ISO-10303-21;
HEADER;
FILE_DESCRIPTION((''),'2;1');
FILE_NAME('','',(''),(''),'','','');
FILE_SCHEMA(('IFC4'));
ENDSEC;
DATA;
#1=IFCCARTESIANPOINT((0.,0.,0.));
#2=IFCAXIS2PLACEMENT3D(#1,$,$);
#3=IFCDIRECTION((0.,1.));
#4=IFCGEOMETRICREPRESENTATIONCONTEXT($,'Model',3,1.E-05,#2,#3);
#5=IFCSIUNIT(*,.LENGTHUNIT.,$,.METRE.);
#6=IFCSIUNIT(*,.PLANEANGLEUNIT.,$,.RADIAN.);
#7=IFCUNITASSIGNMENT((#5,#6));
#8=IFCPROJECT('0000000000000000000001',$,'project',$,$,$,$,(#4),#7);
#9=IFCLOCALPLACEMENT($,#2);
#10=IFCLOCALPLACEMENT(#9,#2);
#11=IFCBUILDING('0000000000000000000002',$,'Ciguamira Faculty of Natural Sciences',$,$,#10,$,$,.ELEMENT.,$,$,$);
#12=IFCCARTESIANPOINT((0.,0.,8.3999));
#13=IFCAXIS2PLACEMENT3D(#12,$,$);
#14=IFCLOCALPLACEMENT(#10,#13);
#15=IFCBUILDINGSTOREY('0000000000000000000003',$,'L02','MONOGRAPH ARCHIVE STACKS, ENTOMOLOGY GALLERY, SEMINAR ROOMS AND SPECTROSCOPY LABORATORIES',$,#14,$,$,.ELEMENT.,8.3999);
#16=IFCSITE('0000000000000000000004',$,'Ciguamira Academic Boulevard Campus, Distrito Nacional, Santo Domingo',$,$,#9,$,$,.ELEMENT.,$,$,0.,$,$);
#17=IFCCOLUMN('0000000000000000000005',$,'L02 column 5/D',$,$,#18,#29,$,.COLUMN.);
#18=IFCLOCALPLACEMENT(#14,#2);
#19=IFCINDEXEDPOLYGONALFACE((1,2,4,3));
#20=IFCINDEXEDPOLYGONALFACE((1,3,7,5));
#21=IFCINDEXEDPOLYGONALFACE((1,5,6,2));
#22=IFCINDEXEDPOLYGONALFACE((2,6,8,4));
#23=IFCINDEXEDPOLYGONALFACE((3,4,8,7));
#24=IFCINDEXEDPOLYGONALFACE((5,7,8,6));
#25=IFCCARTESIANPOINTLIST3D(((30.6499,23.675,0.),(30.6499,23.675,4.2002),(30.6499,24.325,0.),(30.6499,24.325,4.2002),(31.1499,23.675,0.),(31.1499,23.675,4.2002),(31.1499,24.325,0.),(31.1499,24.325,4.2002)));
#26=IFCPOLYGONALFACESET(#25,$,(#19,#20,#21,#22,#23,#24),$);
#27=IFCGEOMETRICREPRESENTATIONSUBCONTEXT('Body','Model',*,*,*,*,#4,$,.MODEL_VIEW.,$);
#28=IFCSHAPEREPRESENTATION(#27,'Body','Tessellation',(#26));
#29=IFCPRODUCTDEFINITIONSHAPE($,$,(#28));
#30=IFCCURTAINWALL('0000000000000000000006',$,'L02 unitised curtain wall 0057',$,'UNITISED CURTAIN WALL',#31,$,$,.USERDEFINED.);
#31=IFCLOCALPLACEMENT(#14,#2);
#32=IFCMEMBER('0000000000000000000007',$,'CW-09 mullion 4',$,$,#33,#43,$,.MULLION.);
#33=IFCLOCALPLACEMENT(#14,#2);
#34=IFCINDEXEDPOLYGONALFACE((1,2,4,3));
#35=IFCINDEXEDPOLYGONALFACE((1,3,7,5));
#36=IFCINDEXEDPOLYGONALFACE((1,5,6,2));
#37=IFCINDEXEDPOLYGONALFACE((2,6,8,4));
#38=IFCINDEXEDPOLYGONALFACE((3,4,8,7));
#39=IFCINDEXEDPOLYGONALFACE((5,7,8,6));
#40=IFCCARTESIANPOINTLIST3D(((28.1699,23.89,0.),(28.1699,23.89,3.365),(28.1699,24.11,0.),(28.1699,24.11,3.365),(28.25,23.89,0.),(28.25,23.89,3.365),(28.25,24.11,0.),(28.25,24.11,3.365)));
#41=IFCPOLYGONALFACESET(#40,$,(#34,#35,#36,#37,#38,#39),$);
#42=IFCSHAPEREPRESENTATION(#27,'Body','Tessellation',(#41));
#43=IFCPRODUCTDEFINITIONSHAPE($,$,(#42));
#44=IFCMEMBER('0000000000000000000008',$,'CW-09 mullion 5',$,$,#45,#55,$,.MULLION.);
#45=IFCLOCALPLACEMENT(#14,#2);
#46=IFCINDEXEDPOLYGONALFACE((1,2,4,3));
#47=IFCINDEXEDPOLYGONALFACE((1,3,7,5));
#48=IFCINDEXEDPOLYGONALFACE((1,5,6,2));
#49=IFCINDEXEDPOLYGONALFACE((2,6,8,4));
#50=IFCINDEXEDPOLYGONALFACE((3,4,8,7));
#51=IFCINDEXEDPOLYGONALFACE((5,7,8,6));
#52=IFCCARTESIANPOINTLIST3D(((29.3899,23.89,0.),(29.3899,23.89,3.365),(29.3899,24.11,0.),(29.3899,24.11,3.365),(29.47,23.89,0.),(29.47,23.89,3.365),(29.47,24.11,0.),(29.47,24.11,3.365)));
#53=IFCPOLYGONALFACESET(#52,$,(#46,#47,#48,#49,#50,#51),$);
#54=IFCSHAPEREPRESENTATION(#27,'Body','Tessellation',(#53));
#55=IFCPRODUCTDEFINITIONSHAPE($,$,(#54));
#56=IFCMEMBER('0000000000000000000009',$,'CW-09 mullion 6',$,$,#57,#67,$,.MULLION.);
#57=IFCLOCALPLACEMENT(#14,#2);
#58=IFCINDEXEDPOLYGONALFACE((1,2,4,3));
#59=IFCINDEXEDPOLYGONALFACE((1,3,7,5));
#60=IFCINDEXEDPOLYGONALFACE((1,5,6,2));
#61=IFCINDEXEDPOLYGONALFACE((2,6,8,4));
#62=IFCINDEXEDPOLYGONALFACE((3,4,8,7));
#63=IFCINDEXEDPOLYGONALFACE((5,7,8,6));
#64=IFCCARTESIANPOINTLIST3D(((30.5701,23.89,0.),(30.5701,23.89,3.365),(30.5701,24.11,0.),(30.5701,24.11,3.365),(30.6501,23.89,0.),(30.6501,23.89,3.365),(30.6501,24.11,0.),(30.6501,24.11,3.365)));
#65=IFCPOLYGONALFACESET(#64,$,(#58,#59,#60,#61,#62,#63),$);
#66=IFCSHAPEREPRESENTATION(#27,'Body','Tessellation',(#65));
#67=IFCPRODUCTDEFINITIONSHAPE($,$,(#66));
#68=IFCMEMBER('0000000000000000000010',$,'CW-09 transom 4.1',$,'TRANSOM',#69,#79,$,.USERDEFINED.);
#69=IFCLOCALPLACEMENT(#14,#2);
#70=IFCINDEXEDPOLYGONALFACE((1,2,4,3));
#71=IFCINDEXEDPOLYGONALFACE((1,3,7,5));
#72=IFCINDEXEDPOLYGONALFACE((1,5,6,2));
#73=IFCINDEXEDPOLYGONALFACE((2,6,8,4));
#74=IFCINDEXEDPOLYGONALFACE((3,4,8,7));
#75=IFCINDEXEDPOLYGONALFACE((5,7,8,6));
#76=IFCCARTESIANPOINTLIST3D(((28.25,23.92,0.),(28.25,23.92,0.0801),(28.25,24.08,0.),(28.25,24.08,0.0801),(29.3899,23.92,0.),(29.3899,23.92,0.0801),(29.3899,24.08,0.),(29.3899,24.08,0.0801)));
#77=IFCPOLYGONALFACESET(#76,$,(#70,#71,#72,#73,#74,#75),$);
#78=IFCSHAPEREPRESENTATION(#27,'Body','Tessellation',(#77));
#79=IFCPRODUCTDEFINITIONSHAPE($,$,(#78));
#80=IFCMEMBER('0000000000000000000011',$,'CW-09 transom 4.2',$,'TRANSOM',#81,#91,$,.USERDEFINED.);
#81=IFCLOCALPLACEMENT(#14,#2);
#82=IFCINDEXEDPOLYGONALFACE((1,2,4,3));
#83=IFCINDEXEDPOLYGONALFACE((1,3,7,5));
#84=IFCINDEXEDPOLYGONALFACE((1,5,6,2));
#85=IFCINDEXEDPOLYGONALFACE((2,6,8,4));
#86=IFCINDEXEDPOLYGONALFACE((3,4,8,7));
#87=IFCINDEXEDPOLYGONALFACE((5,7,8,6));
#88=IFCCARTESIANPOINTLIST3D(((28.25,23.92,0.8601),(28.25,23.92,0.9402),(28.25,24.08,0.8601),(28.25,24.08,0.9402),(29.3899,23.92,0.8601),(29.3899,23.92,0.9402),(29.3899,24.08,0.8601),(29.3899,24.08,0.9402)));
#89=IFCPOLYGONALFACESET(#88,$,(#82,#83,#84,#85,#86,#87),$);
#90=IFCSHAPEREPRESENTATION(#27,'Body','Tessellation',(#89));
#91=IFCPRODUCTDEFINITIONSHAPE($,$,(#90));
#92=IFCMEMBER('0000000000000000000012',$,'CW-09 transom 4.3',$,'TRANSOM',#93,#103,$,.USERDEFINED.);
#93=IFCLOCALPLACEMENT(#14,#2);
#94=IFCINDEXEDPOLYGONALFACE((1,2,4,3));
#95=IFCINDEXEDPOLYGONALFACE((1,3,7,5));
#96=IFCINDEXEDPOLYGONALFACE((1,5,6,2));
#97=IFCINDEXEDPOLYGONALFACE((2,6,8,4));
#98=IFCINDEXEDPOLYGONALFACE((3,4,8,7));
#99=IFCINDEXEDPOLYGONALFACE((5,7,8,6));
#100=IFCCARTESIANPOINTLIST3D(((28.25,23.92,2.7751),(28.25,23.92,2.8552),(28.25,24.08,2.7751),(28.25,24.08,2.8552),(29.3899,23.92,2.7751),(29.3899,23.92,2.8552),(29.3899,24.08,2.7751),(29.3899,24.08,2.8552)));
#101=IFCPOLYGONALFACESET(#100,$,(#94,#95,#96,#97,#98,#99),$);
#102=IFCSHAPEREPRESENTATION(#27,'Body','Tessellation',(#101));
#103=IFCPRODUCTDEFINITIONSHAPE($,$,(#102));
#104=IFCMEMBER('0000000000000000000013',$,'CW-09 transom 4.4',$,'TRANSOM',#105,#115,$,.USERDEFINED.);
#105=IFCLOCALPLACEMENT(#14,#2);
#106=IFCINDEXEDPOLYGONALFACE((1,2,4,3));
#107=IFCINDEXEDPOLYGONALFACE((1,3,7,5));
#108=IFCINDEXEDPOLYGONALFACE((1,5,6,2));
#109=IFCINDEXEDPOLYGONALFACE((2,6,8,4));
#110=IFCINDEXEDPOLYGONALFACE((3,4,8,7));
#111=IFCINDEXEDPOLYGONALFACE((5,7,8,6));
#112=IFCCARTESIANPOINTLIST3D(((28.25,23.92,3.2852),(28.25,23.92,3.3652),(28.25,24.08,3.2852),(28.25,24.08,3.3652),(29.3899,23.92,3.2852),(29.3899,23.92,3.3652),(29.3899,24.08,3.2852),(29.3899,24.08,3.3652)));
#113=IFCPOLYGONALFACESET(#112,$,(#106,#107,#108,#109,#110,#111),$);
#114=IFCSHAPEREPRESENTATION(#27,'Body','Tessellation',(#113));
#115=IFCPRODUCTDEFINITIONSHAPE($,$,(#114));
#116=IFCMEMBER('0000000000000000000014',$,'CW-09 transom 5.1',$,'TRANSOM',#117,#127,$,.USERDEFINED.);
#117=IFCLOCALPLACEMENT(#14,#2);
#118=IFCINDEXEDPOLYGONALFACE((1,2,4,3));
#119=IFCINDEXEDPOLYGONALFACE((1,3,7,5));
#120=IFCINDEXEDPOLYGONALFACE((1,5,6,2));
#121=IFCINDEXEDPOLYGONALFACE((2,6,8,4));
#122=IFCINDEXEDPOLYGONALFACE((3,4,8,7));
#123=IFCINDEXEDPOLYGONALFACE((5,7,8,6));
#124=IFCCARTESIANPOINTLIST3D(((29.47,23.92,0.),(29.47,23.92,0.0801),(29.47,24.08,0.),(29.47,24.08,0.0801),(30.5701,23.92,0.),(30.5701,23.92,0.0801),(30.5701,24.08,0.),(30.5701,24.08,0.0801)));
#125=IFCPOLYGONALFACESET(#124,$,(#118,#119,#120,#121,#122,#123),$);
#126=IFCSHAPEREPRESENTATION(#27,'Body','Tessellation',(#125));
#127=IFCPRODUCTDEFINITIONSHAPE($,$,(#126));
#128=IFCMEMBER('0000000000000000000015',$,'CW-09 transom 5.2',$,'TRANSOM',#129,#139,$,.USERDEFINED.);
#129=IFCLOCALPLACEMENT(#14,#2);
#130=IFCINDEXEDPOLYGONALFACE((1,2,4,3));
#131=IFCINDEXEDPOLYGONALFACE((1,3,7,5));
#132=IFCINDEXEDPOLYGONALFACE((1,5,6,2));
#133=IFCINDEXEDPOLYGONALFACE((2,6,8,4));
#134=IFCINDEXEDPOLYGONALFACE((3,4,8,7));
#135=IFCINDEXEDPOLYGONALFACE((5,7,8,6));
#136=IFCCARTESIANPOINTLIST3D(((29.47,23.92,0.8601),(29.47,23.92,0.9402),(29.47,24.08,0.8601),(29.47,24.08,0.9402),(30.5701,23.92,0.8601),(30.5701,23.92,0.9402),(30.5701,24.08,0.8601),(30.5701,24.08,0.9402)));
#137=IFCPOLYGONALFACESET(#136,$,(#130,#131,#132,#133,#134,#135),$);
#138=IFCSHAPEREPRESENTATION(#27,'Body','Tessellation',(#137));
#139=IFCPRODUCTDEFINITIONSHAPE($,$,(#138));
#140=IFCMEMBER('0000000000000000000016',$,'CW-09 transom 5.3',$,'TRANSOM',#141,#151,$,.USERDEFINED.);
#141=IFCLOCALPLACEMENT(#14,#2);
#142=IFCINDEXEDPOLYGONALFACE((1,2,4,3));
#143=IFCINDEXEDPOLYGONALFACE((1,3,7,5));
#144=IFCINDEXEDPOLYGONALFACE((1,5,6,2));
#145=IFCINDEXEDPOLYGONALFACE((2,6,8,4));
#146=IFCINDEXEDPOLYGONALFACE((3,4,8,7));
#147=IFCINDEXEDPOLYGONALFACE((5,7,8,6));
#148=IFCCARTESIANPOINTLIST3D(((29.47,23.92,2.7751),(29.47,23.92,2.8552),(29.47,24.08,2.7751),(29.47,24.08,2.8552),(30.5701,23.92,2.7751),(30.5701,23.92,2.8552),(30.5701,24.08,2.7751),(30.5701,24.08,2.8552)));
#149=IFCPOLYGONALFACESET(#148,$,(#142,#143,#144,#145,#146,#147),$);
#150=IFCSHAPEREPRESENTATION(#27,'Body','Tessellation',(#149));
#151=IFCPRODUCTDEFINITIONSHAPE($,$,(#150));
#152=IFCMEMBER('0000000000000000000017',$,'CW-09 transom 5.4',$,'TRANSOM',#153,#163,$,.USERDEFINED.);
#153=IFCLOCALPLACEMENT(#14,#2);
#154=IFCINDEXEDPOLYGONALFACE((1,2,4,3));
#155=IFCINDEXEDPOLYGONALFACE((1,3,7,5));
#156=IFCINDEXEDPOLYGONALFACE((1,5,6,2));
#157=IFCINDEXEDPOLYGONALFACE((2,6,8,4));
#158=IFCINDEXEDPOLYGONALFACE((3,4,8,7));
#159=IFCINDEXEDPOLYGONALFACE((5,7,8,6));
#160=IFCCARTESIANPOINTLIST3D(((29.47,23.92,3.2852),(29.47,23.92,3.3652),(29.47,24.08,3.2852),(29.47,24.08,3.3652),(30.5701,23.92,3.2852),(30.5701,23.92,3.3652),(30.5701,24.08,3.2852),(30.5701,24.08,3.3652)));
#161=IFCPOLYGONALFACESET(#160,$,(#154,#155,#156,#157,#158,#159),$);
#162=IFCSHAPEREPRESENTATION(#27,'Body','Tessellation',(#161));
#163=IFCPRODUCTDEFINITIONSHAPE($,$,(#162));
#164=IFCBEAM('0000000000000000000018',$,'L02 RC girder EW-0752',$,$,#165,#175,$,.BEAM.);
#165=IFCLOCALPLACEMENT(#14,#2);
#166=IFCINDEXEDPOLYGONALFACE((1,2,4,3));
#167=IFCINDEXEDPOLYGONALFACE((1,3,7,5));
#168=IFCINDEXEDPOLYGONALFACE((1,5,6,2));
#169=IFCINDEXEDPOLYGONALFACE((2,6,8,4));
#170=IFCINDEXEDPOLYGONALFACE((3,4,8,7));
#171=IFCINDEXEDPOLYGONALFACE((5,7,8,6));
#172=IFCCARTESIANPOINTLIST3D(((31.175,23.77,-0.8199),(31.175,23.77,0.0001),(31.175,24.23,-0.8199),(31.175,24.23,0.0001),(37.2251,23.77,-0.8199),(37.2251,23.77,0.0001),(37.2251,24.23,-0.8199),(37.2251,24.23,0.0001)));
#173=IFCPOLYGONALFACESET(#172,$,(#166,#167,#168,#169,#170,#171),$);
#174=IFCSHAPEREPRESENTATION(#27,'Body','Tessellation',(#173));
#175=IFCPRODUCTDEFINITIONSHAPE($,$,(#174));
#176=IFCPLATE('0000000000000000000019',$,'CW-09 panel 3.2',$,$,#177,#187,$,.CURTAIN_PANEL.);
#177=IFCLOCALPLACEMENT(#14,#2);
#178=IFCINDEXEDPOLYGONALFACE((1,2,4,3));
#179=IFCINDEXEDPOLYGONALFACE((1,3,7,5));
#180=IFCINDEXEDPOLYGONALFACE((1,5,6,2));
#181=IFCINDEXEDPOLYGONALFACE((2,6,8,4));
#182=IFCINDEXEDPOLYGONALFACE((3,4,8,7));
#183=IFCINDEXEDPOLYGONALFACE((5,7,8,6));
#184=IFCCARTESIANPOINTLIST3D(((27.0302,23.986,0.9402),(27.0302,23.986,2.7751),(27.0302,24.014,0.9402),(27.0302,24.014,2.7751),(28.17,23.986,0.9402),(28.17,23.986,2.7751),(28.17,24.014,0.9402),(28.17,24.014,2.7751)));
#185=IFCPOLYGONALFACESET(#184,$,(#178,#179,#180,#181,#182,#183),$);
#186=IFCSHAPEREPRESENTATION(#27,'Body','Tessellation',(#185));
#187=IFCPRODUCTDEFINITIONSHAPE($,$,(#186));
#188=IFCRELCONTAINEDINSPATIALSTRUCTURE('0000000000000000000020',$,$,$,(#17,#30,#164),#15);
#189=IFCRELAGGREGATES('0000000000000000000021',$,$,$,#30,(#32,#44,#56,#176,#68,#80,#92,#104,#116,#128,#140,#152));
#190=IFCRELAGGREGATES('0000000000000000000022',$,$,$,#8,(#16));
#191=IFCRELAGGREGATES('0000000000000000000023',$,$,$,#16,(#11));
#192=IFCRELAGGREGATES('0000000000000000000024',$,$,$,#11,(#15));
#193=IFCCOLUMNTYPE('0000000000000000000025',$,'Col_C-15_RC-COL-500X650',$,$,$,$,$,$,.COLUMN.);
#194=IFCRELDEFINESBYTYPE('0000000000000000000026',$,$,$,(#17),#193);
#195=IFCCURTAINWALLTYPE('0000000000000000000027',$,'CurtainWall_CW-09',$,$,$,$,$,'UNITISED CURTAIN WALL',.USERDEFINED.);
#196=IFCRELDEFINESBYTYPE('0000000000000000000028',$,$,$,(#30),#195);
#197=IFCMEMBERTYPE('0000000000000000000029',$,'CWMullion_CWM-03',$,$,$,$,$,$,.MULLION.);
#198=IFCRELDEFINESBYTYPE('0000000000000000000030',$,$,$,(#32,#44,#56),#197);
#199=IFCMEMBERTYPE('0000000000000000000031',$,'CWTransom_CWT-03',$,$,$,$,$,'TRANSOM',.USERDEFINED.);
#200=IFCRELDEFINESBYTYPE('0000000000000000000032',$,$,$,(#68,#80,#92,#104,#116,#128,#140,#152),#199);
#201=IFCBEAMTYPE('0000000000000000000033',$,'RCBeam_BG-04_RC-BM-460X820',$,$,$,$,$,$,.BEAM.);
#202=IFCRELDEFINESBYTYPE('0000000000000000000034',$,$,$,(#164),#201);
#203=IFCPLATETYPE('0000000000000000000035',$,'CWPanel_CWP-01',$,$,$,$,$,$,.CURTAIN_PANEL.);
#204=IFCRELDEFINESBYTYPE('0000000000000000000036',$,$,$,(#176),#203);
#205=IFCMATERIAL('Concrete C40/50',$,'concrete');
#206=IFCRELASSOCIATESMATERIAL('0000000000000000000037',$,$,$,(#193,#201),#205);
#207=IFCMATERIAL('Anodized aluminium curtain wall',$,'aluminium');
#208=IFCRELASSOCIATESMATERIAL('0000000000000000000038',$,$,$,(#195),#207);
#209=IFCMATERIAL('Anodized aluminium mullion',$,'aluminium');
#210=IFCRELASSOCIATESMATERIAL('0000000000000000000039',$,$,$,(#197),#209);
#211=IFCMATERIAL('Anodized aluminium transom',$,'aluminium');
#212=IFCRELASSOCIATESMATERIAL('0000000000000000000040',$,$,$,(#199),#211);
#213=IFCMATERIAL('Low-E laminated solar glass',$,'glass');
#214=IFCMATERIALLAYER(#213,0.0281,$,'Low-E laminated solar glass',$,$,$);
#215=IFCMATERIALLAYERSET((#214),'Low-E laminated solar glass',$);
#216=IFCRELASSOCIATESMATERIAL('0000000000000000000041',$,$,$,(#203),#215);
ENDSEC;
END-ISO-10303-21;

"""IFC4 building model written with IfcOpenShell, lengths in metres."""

from ifc_helpers import new_model, si_unit, direction, frame, origin, origin_2d, place, context, subcontext, project, spatial, rectangle, extrude, material, layer, layer_set, material_profile, profile_set, type_object, element, aggregate, save


model = new_model("IFC4")

# Units and contexts
model_context = context("Model", 3, precision=1e-05, world=origin(), true_north=direction((0.0, 1.0)))
body_context = subcontext(model_context, "Body", "Model", "MODEL_VIEW")
ifc_project = project(units=[si_unit("LENGTHUNIT", "METRE"), si_unit("PLANEANGLEUNIT", "RADIAN")], contexts=[model_context])

# Site, building, storey
site_placement = place(None, origin())
site = spatial("IfcSite", under=ifc_project, at=site_placement, Name="Ciguamira Academic Boulevard Campus, Distrito Nacional, Santo Domingo", CompositionType="ELEMENT", RefElevation=0.0)
building_placement = place(site_placement, origin())
building = spatial("IfcBuilding", under=site, at=building_placement, Name="Ciguamira Faculty of Natural Sciences", CompositionType="ELEMENT")
storey_placement = place(building_placement, frame((0.0, 0.0, 8.3999)))
storey = spatial("IfcBuildingStorey", under=building, at=storey_placement, Name="L02", Description="MONOGRAPH ARCHIVE STACKS, ENTOMOLOGY GALLERY, SEMINAR ROOMS AND SPECTROSCOPY LABORATORIES", CompositionType="ELEMENT", Elevation=8.3999)

# Column
ifc_material_1 = material(Name="Concrete C40/50", Category="concrete")
ifc_material_profile_1 = material_profile(ifc_material_1, rectangle(XDim=0.5, YDim=0.6499, at=origin_2d()), Name="RC-COL-500X650")
ifc_profile_set_1 = profile_set([ifc_material_profile_1], Name="Concrete C40/50")
column_type = type_object("IfcColumnType", Name="Col_C-15_RC-COL-500X650", PredefinedType="COLUMN", material=ifc_profile_set_1)
column_placement = place(storey_placement, frame((30.8999, 24.0, 0.0), z_axis=(0.0, 0.0, 1.0), x_axis=(1.0, 0.0, 0.0)))
element("IfcColumn", 1, at=column_placement, inside=storey, type_object=column_type, Name="L02 column 5/D", PredefinedType="COLUMN", context=body_context, shape_type="SweptSolid", body=[
    extrude(rectangle(XDim=0.5, YDim=0.6499, at=origin_2d()), origin(), (0.0, 0.0, 1.0), 4.2002),
])

# Curtain wall, members
ifc_material_2 = material(Name="Anodized aluminium curtain wall", Category="aluminium")
curtain_wall_type = type_object("IfcCurtainWallType", Name="CurtainWall_CW-09", ElementType="UNITISED CURTAIN WALL", PredefinedType="USERDEFINED", material=ifc_material_2)
curtain_wall_placement = place(storey_placement, origin())
curtain_wall = element("IfcCurtainWall", 2, at=curtain_wall_placement, inside=storey, type_object=curtain_wall_type, Name="L02 unitised curtain wall 0057", ObjectType="UNITISED CURTAIN WALL", PredefinedType="USERDEFINED")
ifc_material_3 = material(Name="Anodized aluminium mullion", Category="aluminium")
ifc_material_profile_2 = material_profile(ifc_material_3, rectangle(XDim=0.0801, YDim=0.22, at=origin_2d()), Name="ALU-MUL-80X220")
ifc_profile_set_2 = profile_set([ifc_material_profile_2], Name="Anodized aluminium mullion")
member_type_1 = type_object("IfcMemberType", Name="CWMullion_CWM-03", PredefinedType="MULLION", material=ifc_profile_set_2)
member_1_placement = place(storey_placement, frame((28.21, 24.0, 0.0), z_axis=(0.0, 0.0, 1.0), x_axis=(1.0, 0.0, 0.0)))
member_1 = element("IfcMember", 3, at=member_1_placement, type_object=member_type_1, Name="CW-09 mullion 4", PredefinedType="MULLION", context=body_context, shape_type="SweptSolid", body=[
    extrude(rectangle(XDim=0.0801, YDim=0.22, at=origin_2d()), origin(), (0.0, 0.0, 1.0), 3.365),
])
member_2_placement = place(storey_placement, frame((29.4299, 24.0, 0.0), z_axis=(0.0, 0.0, 1.0), x_axis=(1.0, 0.0, 0.0)))
member_2 = element("IfcMember", 4, at=member_2_placement, type_object=member_type_1, Name="CW-09 mullion 5", PredefinedType="MULLION", context=body_context, shape_type="SweptSolid", body=[
    extrude(rectangle(XDim=0.0801, YDim=0.22, at=origin_2d()), origin(), (0.0, 0.0, 1.0), 3.365),
])
member_3_placement = place(storey_placement, frame((30.6101, 24.0, 0.0), z_axis=(0.0, 0.0, 1.0), x_axis=(1.0, 0.0, 0.0)))
member_3 = element("IfcMember", 5, at=member_3_placement, type_object=member_type_1, Name="CW-09 mullion 6", PredefinedType="MULLION", context=body_context, shape_type="SweptSolid", body=[
    extrude(rectangle(XDim=0.0801, YDim=0.22, at=origin_2d()), origin(), (0.0, 0.0, 1.0), 3.365),
])
ifc_material_4 = material(Name="Anodized aluminium transom", Category="aluminium")
ifc_material_profile_3 = material_profile(ifc_material_4, rectangle(XDim=0.0801, YDim=0.1599, at=origin_2d()), Name="ALU-TRN-80X160")
ifc_profile_set_3 = profile_set([ifc_material_profile_3], Name="Anodized aluminium transom")
member_type_2 = type_object("IfcMemberType", Name="CWTransom_CWT-03", ElementType="TRANSOM", PredefinedType="USERDEFINED", material=ifc_profile_set_3)
member_4_placement = place(storey_placement, frame((28.25, 24.0, 0.04), z_axis=(1.0, 0.0, 0.0), x_axis=(0.0, 0.0, 1.0)))
member_4 = element("IfcMember", 6, at=member_4_placement, type_object=member_type_2, Name="CW-09 transom 4.1", ObjectType="TRANSOM", PredefinedType="USERDEFINED", context=body_context, shape_type="SweptSolid", body=[
    extrude(rectangle(XDim=0.0801, YDim=0.1599, at=origin_2d()), origin(), (0.0, 0.0, 1.0), 1.1399),
])
member_5_placement = place(storey_placement, frame((28.25, 24.0, 0.9001), z_axis=(1.0, 0.0, 0.0), x_axis=(0.0, 0.0, 1.0)))
member_5 = element("IfcMember", 7, at=member_5_placement, type_object=member_type_2, Name="CW-09 transom 4.2", ObjectType="TRANSOM", PredefinedType="USERDEFINED", context=body_context, shape_type="SweptSolid", body=[
    extrude(rectangle(XDim=0.0801, YDim=0.1599, at=origin_2d()), origin(), (0.0, 0.0, 1.0), 1.1399),
])
member_6_placement = place(storey_placement, frame((28.25, 24.0, 2.8152), z_axis=(1.0, 0.0, 0.0), x_axis=(0.0, 0.0, 1.0)))
member_6 = element("IfcMember", 8, at=member_6_placement, type_object=member_type_2, Name="CW-09 transom 4.3", ObjectType="TRANSOM", PredefinedType="USERDEFINED", context=body_context, shape_type="SweptSolid", body=[
    extrude(rectangle(XDim=0.0801, YDim=0.1599, at=origin_2d()), origin(), (0.0, 0.0, 1.0), 1.1399),
])
member_7_placement = place(storey_placement, frame((28.25, 24.0, 3.3252), z_axis=(1.0, 0.0, 0.0), x_axis=(0.0, 0.0, 1.0)))
member_7 = element("IfcMember", 9, at=member_7_placement, type_object=member_type_2, Name="CW-09 transom 4.4", ObjectType="TRANSOM", PredefinedType="USERDEFINED", context=body_context, shape_type="SweptSolid", body=[
    extrude(rectangle(XDim=0.0801, YDim=0.1599, at=origin_2d()), origin(), (0.0, 0.0, 1.0), 1.1399),
])
member_8_placement = place(storey_placement, frame((29.47, 24.0, 0.04), z_axis=(1.0, 0.0, 0.0), x_axis=(0.0, 0.0, 1.0)))
member_8 = element("IfcMember", 10, at=member_8_placement, type_object=member_type_2, Name="CW-09 transom 5.1", ObjectType="TRANSOM", PredefinedType="USERDEFINED", context=body_context, shape_type="SweptSolid", body=[
    extrude(rectangle(XDim=0.0801, YDim=0.1599, at=origin_2d()), origin(), (0.0, 0.0, 1.0), 1.1001),
])
member_9_placement = place(storey_placement, frame((29.47, 24.0, 0.9001), z_axis=(1.0, 0.0, 0.0), x_axis=(0.0, 0.0, 1.0)))
member_9 = element("IfcMember", 11, at=member_9_placement, type_object=member_type_2, Name="CW-09 transom 5.2", ObjectType="TRANSOM", PredefinedType="USERDEFINED", context=body_context, shape_type="SweptSolid", body=[
    extrude(rectangle(XDim=0.0801, YDim=0.1599, at=origin_2d()), origin(), (0.0, 0.0, 1.0), 1.1001),
])
member_10_placement = place(storey_placement, frame((29.47, 24.0, 2.8152), z_axis=(1.0, 0.0, 0.0), x_axis=(0.0, 0.0, 1.0)))
member_10 = element("IfcMember", 12, at=member_10_placement, type_object=member_type_2, Name="CW-09 transom 5.3", ObjectType="TRANSOM", PredefinedType="USERDEFINED", context=body_context, shape_type="SweptSolid", body=[
    extrude(rectangle(XDim=0.0801, YDim=0.1599, at=origin_2d()), origin(), (0.0, 0.0, 1.0), 1.1001),
])
member_11_placement = place(storey_placement, frame((29.47, 24.0, 3.3252), z_axis=(1.0, 0.0, 0.0), x_axis=(0.0, 0.0, 1.0)))
member_11 = element("IfcMember", 13, at=member_11_placement, type_object=member_type_2, Name="CW-09 transom 5.4", ObjectType="TRANSOM", PredefinedType="USERDEFINED", context=body_context, shape_type="SweptSolid", body=[
    extrude(rectangle(XDim=0.0801, YDim=0.1599, at=origin_2d()), origin(), (0.0, 0.0, 1.0), 1.1001),
])

# Beam
ifc_material_profile_4 = material_profile(ifc_material_1, rectangle(XDim=0.46, YDim=0.8201, at=origin_2d()), Name="RC-BM-460X820")
ifc_profile_set_4 = profile_set([ifc_material_profile_4], Name="Concrete C40/50")
beam_type = type_object("IfcBeamType", Name="RCBeam_BG-04_RC-BM-460X820", PredefinedType="BEAM", material=ifc_profile_set_4)
beam_placement = place(storey_placement, frame((31.175, 24.0, -0.4099), z_axis=(1.0, 0.0, 0.0), x_axis=(0.0, 1.0, 0.0)))
element("IfcBeam", 14, at=beam_placement, inside=storey, type_object=beam_type, Name="L02 RC girder EW-0752", PredefinedType="BEAM", context=body_context, shape_type="SweptSolid", body=[
    extrude(rectangle(XDim=0.46, YDim=0.8201, at=origin_2d()), origin(), (0.0, 0.0, 1.0), 6.05),
])

# Plate
ifc_material_5 = material(Name="Low-E laminated solar glass", Category="glass")
ifc_layer_1 = layer(ifc_material_5, 0.0281, Name="Low-E laminated solar glass")
ifc_layer_set_1 = layer_set([ifc_layer_1], Name="Low-E laminated solar glass")
plate_type = type_object("IfcPlateType", Name="CWPanel_CWP-01", PredefinedType="CURTAIN_PANEL", material=ifc_layer_set_1)
plate_1_placement = place(storey_placement, frame((27.6001, 24.0, 0.9402), z_axis=(0.0, 0.0, 1.0), x_axis=(1.0, 0.0, 0.0)))
plate_1 = element("IfcPlate", 15, at=plate_1_placement, type_object=plate_type, Name="CW-09 panel 3.2", PredefinedType="CURTAIN_PANEL", context=body_context, shape_type="SweptSolid", body=[
    extrude(rectangle(XDim=1.1399, YDim=0.0281, at=origin_2d()), origin(), (0.0, 0.0, 1.0), 1.835),
])
aggregate(curtain_wall, [member_1, member_2, member_3, plate_1, member_4, member_5, member_6, member_7, member_8, member_9, member_10, member_11])

save(model, "model.ifc")
